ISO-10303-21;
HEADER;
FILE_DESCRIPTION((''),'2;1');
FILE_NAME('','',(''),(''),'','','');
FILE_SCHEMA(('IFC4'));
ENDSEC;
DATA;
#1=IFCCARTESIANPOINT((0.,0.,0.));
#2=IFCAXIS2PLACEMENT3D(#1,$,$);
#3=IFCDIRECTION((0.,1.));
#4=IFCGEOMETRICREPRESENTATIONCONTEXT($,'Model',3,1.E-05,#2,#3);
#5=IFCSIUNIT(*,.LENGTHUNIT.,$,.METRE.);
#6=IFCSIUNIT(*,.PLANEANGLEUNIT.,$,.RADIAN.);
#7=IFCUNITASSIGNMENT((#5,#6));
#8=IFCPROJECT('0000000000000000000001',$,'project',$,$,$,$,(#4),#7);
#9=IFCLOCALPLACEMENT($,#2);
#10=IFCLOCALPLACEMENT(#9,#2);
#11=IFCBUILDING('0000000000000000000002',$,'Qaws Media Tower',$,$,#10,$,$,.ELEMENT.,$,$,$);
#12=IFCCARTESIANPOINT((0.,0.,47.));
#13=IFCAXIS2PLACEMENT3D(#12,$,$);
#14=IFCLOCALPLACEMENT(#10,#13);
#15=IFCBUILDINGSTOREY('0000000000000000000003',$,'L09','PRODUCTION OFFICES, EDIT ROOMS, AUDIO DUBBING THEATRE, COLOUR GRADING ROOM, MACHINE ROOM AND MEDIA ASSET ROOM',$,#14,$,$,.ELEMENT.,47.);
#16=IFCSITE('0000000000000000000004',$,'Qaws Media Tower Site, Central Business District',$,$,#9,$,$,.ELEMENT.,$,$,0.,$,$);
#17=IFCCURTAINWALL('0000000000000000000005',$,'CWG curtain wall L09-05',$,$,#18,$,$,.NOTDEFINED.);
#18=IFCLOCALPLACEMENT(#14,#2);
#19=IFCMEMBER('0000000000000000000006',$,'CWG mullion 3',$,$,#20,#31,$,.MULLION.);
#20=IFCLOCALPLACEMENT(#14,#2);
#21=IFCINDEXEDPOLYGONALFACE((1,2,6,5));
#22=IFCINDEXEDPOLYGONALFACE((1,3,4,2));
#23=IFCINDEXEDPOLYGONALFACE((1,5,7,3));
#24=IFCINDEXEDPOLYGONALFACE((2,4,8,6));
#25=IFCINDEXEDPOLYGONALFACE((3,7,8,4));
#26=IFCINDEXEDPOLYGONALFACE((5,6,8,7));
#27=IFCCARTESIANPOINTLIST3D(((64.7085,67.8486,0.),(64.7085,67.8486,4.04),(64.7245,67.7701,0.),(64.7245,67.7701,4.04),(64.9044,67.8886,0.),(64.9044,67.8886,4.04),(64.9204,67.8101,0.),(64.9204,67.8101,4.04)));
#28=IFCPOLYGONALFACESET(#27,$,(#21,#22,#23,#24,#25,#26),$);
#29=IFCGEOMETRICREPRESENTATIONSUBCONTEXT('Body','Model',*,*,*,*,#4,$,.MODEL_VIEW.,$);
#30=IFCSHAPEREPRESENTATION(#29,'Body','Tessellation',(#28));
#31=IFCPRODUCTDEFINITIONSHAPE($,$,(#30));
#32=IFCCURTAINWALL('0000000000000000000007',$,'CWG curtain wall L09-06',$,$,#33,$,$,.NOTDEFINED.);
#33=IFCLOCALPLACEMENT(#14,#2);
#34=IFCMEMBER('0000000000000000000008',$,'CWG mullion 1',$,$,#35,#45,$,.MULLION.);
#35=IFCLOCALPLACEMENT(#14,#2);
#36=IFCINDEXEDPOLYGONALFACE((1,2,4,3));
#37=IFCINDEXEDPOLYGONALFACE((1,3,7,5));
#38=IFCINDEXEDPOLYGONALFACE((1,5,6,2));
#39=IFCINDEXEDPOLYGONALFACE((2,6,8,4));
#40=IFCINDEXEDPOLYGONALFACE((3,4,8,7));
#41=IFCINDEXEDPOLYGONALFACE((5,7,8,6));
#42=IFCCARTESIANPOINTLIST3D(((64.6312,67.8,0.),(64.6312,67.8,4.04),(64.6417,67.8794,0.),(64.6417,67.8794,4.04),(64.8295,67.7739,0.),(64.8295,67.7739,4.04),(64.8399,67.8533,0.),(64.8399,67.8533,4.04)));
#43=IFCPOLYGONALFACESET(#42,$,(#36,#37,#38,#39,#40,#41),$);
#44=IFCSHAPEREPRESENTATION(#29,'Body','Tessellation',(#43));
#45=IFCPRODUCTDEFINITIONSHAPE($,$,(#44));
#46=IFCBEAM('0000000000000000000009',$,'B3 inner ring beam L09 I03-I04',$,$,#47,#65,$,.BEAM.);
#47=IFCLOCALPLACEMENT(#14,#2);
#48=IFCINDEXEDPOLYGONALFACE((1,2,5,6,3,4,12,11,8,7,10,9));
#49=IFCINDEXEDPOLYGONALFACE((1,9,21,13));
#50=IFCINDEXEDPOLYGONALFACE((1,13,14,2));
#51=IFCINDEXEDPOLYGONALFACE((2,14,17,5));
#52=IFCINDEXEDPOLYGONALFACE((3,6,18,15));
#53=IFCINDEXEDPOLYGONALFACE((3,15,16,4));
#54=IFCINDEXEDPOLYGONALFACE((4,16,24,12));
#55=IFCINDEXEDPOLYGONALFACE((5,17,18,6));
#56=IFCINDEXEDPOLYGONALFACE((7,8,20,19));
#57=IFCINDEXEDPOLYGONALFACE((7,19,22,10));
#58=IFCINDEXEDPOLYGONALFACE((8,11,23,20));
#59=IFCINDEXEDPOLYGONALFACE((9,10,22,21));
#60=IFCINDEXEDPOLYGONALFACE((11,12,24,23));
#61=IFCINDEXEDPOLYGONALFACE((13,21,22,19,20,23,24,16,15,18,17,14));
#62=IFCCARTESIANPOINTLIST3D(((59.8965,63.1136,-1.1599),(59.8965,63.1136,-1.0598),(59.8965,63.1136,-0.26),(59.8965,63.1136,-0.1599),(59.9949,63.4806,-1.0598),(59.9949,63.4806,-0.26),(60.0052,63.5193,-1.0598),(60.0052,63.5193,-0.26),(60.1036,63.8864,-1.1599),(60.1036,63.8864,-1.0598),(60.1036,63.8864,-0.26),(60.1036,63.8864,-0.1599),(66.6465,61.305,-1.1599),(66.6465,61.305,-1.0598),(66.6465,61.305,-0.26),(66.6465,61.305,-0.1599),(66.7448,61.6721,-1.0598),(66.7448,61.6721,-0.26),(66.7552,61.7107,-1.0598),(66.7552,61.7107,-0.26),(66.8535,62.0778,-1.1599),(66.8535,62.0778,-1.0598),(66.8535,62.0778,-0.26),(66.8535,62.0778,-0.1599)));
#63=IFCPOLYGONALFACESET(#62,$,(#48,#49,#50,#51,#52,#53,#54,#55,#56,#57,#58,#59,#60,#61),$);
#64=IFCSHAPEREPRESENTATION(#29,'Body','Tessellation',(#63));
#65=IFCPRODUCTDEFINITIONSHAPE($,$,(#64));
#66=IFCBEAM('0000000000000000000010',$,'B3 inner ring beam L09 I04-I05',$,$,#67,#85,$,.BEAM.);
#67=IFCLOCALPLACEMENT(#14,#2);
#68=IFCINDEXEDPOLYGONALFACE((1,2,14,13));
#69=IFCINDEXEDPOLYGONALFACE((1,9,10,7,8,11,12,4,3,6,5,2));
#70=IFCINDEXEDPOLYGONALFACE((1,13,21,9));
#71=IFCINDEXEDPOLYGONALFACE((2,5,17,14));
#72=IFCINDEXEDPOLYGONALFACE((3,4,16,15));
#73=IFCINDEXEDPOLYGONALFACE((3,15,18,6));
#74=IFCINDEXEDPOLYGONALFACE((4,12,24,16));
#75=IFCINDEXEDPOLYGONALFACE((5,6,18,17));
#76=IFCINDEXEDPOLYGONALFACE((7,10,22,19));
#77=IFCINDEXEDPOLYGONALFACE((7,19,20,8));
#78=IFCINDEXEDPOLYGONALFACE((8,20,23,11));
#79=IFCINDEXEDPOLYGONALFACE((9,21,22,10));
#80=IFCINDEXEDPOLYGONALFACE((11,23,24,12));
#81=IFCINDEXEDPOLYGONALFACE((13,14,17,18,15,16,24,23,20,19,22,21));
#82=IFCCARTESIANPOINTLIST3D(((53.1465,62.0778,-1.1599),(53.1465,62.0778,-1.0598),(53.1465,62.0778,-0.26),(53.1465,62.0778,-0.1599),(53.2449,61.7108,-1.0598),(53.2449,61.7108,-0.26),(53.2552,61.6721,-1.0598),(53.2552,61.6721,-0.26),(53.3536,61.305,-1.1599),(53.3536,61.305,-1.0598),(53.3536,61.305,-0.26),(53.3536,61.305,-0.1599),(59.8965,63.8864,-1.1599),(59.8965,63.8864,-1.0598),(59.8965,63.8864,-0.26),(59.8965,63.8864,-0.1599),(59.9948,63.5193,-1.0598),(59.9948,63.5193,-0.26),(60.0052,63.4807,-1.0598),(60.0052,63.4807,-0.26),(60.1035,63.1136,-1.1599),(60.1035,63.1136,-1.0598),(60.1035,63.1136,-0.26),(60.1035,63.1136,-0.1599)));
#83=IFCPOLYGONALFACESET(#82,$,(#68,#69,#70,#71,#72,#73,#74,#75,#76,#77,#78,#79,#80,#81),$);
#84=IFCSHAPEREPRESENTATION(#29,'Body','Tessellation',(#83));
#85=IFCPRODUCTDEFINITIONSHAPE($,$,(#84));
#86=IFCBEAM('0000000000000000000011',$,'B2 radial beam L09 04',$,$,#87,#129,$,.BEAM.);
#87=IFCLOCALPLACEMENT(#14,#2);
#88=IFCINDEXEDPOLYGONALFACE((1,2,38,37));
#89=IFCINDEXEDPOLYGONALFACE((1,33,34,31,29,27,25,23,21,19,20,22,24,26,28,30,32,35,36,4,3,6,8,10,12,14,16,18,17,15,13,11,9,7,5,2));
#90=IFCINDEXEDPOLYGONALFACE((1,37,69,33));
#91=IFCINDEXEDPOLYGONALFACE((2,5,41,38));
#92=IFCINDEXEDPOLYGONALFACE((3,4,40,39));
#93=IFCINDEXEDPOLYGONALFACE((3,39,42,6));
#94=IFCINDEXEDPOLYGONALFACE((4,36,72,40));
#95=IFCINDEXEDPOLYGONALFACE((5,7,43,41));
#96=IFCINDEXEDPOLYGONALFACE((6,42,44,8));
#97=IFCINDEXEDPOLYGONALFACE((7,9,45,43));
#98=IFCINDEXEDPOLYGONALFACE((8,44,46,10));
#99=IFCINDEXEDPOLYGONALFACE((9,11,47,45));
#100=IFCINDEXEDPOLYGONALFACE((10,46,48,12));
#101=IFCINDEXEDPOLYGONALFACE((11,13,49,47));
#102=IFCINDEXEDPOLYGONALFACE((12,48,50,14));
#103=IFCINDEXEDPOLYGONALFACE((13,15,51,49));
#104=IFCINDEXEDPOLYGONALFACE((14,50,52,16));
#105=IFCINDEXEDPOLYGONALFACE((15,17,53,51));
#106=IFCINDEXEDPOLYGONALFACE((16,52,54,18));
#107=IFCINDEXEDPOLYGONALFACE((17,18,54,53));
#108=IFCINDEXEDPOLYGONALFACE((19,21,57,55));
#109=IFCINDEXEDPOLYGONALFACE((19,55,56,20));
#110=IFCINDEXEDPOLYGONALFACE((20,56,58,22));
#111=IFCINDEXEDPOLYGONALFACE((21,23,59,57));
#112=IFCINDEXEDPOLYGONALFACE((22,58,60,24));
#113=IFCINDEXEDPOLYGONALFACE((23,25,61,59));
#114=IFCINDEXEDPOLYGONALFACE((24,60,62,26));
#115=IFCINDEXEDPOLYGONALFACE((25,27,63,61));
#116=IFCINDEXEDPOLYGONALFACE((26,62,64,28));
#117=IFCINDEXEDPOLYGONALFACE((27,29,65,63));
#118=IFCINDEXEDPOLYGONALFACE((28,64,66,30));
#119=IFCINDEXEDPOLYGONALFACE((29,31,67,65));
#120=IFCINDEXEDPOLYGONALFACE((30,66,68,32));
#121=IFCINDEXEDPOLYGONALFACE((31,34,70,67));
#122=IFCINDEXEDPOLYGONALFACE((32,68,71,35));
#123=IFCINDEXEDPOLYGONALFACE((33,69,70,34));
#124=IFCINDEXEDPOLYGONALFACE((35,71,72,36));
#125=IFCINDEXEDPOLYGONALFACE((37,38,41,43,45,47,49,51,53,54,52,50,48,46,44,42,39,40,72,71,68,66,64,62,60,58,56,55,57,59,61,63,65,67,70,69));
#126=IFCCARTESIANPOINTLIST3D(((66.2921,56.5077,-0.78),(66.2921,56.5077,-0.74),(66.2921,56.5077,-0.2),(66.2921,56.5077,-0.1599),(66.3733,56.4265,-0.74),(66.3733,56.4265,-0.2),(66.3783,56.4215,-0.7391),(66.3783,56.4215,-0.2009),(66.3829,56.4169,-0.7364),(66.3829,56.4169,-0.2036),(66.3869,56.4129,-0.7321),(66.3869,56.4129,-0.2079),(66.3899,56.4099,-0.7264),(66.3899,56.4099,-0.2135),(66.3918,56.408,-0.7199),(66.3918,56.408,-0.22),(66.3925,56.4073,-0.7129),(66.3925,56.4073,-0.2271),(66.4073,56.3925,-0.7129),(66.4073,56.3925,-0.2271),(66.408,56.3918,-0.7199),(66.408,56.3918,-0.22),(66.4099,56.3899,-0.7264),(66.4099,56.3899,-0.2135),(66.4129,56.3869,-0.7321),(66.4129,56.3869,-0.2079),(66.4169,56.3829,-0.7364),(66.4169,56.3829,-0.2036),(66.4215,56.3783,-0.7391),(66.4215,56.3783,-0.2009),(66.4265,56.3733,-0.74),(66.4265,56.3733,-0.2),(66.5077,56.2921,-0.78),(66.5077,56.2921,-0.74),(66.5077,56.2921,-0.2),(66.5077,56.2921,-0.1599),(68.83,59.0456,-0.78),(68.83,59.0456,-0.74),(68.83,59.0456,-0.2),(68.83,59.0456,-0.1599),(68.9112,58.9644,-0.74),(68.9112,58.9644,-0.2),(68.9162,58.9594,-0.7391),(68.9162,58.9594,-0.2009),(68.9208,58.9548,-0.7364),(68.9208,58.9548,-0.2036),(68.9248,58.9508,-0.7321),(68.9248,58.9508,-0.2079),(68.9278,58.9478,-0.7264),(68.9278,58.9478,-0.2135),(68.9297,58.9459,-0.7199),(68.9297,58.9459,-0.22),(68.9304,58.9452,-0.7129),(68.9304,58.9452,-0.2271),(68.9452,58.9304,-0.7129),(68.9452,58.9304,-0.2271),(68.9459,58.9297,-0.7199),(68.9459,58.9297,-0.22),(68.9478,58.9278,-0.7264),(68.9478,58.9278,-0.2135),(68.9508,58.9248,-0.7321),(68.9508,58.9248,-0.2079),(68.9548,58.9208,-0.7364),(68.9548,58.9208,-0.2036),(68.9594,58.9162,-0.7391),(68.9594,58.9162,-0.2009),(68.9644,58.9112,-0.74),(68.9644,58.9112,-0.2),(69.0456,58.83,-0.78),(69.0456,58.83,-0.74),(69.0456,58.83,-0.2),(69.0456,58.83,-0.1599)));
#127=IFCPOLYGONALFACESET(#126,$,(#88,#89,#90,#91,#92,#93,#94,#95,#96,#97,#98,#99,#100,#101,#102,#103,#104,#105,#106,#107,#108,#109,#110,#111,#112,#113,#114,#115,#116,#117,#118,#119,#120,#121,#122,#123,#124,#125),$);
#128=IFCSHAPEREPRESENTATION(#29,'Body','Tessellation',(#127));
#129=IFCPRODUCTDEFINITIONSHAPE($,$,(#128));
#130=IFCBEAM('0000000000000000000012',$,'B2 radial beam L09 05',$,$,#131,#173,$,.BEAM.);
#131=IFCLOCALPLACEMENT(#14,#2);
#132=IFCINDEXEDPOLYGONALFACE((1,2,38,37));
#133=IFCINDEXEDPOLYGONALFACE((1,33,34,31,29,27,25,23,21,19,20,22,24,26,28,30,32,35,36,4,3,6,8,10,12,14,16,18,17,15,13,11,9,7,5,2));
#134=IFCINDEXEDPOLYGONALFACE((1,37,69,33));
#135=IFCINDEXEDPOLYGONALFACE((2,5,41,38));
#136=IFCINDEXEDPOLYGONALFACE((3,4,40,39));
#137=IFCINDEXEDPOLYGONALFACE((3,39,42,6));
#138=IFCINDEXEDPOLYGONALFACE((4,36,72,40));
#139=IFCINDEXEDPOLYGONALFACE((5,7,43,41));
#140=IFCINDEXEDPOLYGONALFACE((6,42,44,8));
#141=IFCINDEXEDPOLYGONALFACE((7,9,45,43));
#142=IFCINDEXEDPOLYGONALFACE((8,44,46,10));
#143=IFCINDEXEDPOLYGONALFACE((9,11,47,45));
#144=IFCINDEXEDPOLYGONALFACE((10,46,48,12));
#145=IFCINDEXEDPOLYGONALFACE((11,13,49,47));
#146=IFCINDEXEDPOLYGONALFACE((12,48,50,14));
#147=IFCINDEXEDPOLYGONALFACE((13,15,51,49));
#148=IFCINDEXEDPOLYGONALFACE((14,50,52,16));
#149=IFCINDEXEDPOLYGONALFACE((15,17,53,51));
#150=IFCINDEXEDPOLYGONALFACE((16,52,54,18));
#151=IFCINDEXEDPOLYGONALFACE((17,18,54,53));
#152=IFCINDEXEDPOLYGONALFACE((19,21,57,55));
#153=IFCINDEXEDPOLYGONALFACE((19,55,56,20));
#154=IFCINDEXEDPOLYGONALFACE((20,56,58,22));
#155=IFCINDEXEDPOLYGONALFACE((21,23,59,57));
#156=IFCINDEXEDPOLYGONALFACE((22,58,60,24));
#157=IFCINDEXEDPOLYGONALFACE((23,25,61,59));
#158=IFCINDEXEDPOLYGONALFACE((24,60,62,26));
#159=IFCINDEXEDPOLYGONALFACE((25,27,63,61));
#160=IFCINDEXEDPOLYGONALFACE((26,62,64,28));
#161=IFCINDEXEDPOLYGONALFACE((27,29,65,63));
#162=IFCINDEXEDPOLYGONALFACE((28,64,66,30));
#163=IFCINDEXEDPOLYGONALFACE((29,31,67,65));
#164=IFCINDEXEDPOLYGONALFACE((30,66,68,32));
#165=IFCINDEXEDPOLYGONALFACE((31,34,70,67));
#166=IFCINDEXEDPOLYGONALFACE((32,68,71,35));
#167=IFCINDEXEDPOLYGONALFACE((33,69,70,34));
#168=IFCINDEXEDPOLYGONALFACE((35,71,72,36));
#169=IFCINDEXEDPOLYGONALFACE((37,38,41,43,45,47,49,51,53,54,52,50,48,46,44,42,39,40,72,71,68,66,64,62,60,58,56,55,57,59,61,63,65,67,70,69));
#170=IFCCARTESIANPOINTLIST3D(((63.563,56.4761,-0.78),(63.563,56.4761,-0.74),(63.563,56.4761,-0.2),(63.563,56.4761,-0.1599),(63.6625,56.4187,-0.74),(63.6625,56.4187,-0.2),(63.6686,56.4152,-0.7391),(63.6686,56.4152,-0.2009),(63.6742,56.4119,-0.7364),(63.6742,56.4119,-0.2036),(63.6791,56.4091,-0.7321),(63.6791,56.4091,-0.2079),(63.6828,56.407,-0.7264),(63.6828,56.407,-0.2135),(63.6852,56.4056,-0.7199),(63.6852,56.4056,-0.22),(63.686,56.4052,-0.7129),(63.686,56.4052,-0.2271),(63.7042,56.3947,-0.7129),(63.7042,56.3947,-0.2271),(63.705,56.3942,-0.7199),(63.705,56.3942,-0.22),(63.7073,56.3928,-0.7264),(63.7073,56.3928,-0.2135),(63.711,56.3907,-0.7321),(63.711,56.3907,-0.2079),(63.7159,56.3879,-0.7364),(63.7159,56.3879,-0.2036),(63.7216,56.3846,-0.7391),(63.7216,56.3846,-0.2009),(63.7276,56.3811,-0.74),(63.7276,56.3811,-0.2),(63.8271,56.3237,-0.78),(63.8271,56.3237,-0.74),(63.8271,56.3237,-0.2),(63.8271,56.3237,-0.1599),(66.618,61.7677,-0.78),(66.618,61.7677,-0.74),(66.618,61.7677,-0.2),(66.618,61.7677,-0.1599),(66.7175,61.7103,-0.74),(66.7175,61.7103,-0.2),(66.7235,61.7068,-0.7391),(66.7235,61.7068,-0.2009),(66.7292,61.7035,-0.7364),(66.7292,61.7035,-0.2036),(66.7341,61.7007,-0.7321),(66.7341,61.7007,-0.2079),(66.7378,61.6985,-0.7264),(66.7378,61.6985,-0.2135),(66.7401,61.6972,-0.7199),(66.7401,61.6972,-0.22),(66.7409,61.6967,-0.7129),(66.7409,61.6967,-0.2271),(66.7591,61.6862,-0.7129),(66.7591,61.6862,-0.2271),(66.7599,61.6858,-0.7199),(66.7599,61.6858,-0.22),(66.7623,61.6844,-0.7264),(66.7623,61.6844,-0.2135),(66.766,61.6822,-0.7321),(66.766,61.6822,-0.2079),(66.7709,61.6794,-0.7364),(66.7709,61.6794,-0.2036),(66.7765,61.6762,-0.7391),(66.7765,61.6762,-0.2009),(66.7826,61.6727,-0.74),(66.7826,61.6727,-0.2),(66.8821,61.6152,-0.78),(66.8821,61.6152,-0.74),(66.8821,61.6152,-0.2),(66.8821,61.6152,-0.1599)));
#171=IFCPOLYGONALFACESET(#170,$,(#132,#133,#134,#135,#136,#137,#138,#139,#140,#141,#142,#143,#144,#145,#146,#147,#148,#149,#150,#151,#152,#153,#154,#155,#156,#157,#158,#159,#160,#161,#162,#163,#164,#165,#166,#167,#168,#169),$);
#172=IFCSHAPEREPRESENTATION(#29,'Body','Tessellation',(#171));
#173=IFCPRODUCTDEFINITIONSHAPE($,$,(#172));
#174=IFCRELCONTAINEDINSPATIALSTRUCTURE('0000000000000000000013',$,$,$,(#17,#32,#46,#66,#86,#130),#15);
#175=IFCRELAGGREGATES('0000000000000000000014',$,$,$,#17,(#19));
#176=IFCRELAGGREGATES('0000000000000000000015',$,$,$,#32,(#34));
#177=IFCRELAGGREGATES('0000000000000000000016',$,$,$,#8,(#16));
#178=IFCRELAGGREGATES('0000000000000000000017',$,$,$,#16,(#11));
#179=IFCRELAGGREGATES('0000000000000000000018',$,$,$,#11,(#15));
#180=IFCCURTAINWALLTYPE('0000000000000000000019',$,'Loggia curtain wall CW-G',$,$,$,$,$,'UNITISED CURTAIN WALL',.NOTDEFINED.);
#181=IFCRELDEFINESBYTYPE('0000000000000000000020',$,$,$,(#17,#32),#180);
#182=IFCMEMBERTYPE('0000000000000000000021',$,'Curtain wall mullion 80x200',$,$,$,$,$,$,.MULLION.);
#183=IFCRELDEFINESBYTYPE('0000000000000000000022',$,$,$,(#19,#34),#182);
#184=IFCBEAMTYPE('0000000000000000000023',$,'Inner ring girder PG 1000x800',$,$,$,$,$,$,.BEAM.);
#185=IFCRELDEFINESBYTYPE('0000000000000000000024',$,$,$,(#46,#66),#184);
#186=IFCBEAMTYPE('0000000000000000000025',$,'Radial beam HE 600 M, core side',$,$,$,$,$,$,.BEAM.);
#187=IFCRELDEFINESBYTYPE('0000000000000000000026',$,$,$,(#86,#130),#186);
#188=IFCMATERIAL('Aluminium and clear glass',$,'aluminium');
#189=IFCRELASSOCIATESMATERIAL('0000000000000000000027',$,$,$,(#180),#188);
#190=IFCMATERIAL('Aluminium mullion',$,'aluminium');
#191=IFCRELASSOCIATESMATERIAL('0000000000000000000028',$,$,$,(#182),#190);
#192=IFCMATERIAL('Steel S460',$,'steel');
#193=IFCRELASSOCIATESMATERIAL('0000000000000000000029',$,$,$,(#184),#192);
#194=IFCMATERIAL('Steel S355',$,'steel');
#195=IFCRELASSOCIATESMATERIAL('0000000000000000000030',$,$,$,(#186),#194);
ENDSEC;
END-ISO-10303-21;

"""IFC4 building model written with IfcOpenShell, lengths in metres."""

from ifc_helpers import new_model, si_unit, direction, frame, origin, origin_2d, place, context, subcontext, project, spatial, rectangle, i_section, extrude, material, material_profile, profile_set, type_object, element, aggregate, save


model = new_model("IFC4")

# Units and contexts
model_context = context("Model", 3, precision=1e-05, world=origin(), true_north=direction((0.0, 1.0)))
body_context = subcontext(model_context, "Body", "Model", "MODEL_VIEW")
ifc_project = project(units=[si_unit("LENGTHUNIT", "METRE"), si_unit("PLANEANGLEUNIT", "RADIAN")], contexts=[model_context])

# Site, building, storey
site_placement = place(None, origin())
site = spatial("IfcSite", under=ifc_project, at=site_placement, Name="Qaws Media Tower Site, Central Business District", CompositionType="ELEMENT", RefElevation=0.0)
building_placement = place(site_placement, origin())
building = spatial("IfcBuilding", under=site, at=building_placement, Name="Qaws Media Tower", CompositionType="ELEMENT")
storey_placement = place(building_placement, frame((0.0, 0.0, 47.0)))
storey = spatial("IfcBuildingStorey", under=building, at=storey_placement, Name="L09", Description="PRODUCTION OFFICES, EDIT ROOMS, AUDIO DUBBING THEATRE, COLOUR GRADING ROOM, MACHINE ROOM AND MEDIA ASSET ROOM", CompositionType="ELEMENT", Elevation=47.0)

# Curtain walls, members
ifc_material_1 = material(Name="Aluminium and clear glass", Category="aluminium")
curtain_wall_type = type_object("IfcCurtainWallType", Name="Loggia curtain wall CW-G", ElementType="UNITISED CURTAIN WALL", PredefinedType="NOTDEFINED", material=ifc_material_1)
curtain_wall_1_placement = place(storey_placement, origin())
curtain_wall_1 = element("IfcCurtainWall", 1, at=curtain_wall_1_placement, inside=storey, type_object=curtain_wall_type, Name="CWG curtain wall L09-05", PredefinedType="NOTDEFINED")
ifc_material_2 = material(Name="Aluminium mullion", Category="aluminium")
ifc_material_profile_1 = material_profile(ifc_material_2, rectangle(XDim=0.0801, YDim=0.2, at=origin_2d()), Name="80x200")
ifc_profile_set_1 = profile_set([ifc_material_profile_1], Name="Aluminium mullion")
member_type = type_object("IfcMemberType", Name="Curtain wall mullion 80x200", PredefinedType="MULLION", material=ifc_profile_set_1)
member_1_placement = place(storey_placement, frame((64.8145, 67.8293, 0.0), z_axis=(0.0, 0.0, 1.0), x_axis=(0.199819, -0.979833, 0.0)))
member_1 = element("IfcMember", 2, at=member_1_placement, type_object=member_type, Name="CWG mullion 3", PredefinedType="MULLION", context=body_context, shape_type="SweptSolid", body=[
    extrude(rectangle(XDim=0.0801, YDim=0.2, at=origin_2d()), origin(), (0.0, 0.0, 1.0), 4.04),
])
aggregate(curtain_wall_1, [member_1])
curtain_wall_2_placement = place(storey_placement, origin())
curtain_wall_2 = element("IfcCurtainWall", 3, at=curtain_wall_2_placement, inside=storey, type_object=curtain_wall_type, Name="CWG curtain wall L09-06", PredefinedType="NOTDEFINED")
member_2_placement = place(storey_placement, frame((64.7356, 67.8267, 0.0), z_axis=(0.0, 0.0, 1.0), x_axis=(-0.130526, -0.991445, 0.0)))
member_2 = element("IfcMember", 4, at=member_2_placement, type_object=member_type, Name="CWG mullion 1", PredefinedType="MULLION", context=body_context, shape_type="SweptSolid", body=[
    extrude(rectangle(XDim=0.0801, YDim=0.2, at=origin_2d()), origin(), (0.0, 0.0, 1.0), 4.04),
])
aggregate(curtain_wall_2, [member_2])

# Beams
ifc_material_3 = material(Name="Steel S460", Category="steel")
ifc_material_profile_2 = material_profile(ifc_material_3, i_section(OverallWidth=0.8, OverallDepth=1.0, WebThickness=0.04, FlangeThickness=0.1001, at=origin_2d()), Name="PG 1000x800")
ifc_profile_set_2 = profile_set([ifc_material_profile_2], Name="Steel S460")
beam_type_1 = type_object("IfcBeamType", Name="Inner ring girder PG 1000x800", PredefinedType="BEAM", material=ifc_profile_set_2)
for number, where, z_axis, x_axis, name in (
    (5, (66.75, 61.6914, -0.6599), (-0.965928, 0.258811, 0.0), (-0.258811, -0.965928, 0.0), "B3 inner ring beam L09 I03-I04"),
    (6, (60.0, 63.5, -0.6599), (-0.965928, -0.258811, 0.0), (0.258811, -0.965928, 0.0), "B3 inner ring beam L09 I04-I05"),
):
    element("IfcBeam", number, at=place(storey_placement, frame(where, z_axis=z_axis, x_axis=x_axis)), inside=storey, type_object=beam_type_1, Name=name, PredefinedType="BEAM", context=body_context, shape_type="SweptSolid", body=[
        extrude(i_section(OverallWidth=0.8, OverallDepth=1.0, WebThickness=0.04, FlangeThickness=0.1001, at=origin_2d()), origin(), (0.0, 0.0, 1.0), 6.988),
    ])
ifc_material_4 = material(Name="Steel S355", Category="steel")
ifc_material_profile_3 = material_profile(ifc_material_4, i_section(OverallWidth=0.3049, OverallDepth=0.6201, WebThickness=0.021, FlangeThickness=0.04, FilletRadius=0.0271, at=origin_2d()), Name="HE 600 M")
ifc_profile_set_3 = profile_set([ifc_material_profile_3], Name="Steel S355")
beam_type_2 = type_object("IfcBeamType", Name="Radial beam HE 600 M, core side", PredefinedType="BEAM", material=ifc_profile_set_3)
beam_1_placement = place(storey_placement, frame((66.3999, 56.3999, -0.47), z_axis=(0.707107, 0.707107, 0.0), x_axis=(-0.707107, 0.707107, 0.0)))
element("IfcBeam", 7, at=beam_1_placement, inside=storey, type_object=beam_type_2, Name="B2 radial beam L09 04", PredefinedType="BEAM", context=body_context, shape_type="SweptSolid", body=[
    extrude(i_section(OverallWidth=0.3049, OverallDepth=0.6201, WebThickness=0.021, FlangeThickness=0.04, FilletRadius=0.0271, at=origin_2d()), origin(), (0.0, 0.0, 1.0), 3.5891),
])
beam_2_placement = place(storey_placement, frame((63.6951, 56.3999, -0.47), z_axis=(0.499985, 0.866034, 0.0), x_axis=(-0.866034, 0.499985, 0.0)))
element("IfcBeam", 8, at=beam_2_placement, inside=storey, type_object=beam_type_2, Name="B2 radial beam L09 05", PredefinedType="BEAM", context=body_context, shape_type="SweptSolid", body=[
    extrude(i_section(OverallWidth=0.3049, OverallDepth=0.6201, WebThickness=0.021, FlangeThickness=0.04, FilletRadius=0.0271, at=origin_2d()), origin(), (0.0, 0.0, 1.0), 6.1101),
])

save(model, "model.ifc")
